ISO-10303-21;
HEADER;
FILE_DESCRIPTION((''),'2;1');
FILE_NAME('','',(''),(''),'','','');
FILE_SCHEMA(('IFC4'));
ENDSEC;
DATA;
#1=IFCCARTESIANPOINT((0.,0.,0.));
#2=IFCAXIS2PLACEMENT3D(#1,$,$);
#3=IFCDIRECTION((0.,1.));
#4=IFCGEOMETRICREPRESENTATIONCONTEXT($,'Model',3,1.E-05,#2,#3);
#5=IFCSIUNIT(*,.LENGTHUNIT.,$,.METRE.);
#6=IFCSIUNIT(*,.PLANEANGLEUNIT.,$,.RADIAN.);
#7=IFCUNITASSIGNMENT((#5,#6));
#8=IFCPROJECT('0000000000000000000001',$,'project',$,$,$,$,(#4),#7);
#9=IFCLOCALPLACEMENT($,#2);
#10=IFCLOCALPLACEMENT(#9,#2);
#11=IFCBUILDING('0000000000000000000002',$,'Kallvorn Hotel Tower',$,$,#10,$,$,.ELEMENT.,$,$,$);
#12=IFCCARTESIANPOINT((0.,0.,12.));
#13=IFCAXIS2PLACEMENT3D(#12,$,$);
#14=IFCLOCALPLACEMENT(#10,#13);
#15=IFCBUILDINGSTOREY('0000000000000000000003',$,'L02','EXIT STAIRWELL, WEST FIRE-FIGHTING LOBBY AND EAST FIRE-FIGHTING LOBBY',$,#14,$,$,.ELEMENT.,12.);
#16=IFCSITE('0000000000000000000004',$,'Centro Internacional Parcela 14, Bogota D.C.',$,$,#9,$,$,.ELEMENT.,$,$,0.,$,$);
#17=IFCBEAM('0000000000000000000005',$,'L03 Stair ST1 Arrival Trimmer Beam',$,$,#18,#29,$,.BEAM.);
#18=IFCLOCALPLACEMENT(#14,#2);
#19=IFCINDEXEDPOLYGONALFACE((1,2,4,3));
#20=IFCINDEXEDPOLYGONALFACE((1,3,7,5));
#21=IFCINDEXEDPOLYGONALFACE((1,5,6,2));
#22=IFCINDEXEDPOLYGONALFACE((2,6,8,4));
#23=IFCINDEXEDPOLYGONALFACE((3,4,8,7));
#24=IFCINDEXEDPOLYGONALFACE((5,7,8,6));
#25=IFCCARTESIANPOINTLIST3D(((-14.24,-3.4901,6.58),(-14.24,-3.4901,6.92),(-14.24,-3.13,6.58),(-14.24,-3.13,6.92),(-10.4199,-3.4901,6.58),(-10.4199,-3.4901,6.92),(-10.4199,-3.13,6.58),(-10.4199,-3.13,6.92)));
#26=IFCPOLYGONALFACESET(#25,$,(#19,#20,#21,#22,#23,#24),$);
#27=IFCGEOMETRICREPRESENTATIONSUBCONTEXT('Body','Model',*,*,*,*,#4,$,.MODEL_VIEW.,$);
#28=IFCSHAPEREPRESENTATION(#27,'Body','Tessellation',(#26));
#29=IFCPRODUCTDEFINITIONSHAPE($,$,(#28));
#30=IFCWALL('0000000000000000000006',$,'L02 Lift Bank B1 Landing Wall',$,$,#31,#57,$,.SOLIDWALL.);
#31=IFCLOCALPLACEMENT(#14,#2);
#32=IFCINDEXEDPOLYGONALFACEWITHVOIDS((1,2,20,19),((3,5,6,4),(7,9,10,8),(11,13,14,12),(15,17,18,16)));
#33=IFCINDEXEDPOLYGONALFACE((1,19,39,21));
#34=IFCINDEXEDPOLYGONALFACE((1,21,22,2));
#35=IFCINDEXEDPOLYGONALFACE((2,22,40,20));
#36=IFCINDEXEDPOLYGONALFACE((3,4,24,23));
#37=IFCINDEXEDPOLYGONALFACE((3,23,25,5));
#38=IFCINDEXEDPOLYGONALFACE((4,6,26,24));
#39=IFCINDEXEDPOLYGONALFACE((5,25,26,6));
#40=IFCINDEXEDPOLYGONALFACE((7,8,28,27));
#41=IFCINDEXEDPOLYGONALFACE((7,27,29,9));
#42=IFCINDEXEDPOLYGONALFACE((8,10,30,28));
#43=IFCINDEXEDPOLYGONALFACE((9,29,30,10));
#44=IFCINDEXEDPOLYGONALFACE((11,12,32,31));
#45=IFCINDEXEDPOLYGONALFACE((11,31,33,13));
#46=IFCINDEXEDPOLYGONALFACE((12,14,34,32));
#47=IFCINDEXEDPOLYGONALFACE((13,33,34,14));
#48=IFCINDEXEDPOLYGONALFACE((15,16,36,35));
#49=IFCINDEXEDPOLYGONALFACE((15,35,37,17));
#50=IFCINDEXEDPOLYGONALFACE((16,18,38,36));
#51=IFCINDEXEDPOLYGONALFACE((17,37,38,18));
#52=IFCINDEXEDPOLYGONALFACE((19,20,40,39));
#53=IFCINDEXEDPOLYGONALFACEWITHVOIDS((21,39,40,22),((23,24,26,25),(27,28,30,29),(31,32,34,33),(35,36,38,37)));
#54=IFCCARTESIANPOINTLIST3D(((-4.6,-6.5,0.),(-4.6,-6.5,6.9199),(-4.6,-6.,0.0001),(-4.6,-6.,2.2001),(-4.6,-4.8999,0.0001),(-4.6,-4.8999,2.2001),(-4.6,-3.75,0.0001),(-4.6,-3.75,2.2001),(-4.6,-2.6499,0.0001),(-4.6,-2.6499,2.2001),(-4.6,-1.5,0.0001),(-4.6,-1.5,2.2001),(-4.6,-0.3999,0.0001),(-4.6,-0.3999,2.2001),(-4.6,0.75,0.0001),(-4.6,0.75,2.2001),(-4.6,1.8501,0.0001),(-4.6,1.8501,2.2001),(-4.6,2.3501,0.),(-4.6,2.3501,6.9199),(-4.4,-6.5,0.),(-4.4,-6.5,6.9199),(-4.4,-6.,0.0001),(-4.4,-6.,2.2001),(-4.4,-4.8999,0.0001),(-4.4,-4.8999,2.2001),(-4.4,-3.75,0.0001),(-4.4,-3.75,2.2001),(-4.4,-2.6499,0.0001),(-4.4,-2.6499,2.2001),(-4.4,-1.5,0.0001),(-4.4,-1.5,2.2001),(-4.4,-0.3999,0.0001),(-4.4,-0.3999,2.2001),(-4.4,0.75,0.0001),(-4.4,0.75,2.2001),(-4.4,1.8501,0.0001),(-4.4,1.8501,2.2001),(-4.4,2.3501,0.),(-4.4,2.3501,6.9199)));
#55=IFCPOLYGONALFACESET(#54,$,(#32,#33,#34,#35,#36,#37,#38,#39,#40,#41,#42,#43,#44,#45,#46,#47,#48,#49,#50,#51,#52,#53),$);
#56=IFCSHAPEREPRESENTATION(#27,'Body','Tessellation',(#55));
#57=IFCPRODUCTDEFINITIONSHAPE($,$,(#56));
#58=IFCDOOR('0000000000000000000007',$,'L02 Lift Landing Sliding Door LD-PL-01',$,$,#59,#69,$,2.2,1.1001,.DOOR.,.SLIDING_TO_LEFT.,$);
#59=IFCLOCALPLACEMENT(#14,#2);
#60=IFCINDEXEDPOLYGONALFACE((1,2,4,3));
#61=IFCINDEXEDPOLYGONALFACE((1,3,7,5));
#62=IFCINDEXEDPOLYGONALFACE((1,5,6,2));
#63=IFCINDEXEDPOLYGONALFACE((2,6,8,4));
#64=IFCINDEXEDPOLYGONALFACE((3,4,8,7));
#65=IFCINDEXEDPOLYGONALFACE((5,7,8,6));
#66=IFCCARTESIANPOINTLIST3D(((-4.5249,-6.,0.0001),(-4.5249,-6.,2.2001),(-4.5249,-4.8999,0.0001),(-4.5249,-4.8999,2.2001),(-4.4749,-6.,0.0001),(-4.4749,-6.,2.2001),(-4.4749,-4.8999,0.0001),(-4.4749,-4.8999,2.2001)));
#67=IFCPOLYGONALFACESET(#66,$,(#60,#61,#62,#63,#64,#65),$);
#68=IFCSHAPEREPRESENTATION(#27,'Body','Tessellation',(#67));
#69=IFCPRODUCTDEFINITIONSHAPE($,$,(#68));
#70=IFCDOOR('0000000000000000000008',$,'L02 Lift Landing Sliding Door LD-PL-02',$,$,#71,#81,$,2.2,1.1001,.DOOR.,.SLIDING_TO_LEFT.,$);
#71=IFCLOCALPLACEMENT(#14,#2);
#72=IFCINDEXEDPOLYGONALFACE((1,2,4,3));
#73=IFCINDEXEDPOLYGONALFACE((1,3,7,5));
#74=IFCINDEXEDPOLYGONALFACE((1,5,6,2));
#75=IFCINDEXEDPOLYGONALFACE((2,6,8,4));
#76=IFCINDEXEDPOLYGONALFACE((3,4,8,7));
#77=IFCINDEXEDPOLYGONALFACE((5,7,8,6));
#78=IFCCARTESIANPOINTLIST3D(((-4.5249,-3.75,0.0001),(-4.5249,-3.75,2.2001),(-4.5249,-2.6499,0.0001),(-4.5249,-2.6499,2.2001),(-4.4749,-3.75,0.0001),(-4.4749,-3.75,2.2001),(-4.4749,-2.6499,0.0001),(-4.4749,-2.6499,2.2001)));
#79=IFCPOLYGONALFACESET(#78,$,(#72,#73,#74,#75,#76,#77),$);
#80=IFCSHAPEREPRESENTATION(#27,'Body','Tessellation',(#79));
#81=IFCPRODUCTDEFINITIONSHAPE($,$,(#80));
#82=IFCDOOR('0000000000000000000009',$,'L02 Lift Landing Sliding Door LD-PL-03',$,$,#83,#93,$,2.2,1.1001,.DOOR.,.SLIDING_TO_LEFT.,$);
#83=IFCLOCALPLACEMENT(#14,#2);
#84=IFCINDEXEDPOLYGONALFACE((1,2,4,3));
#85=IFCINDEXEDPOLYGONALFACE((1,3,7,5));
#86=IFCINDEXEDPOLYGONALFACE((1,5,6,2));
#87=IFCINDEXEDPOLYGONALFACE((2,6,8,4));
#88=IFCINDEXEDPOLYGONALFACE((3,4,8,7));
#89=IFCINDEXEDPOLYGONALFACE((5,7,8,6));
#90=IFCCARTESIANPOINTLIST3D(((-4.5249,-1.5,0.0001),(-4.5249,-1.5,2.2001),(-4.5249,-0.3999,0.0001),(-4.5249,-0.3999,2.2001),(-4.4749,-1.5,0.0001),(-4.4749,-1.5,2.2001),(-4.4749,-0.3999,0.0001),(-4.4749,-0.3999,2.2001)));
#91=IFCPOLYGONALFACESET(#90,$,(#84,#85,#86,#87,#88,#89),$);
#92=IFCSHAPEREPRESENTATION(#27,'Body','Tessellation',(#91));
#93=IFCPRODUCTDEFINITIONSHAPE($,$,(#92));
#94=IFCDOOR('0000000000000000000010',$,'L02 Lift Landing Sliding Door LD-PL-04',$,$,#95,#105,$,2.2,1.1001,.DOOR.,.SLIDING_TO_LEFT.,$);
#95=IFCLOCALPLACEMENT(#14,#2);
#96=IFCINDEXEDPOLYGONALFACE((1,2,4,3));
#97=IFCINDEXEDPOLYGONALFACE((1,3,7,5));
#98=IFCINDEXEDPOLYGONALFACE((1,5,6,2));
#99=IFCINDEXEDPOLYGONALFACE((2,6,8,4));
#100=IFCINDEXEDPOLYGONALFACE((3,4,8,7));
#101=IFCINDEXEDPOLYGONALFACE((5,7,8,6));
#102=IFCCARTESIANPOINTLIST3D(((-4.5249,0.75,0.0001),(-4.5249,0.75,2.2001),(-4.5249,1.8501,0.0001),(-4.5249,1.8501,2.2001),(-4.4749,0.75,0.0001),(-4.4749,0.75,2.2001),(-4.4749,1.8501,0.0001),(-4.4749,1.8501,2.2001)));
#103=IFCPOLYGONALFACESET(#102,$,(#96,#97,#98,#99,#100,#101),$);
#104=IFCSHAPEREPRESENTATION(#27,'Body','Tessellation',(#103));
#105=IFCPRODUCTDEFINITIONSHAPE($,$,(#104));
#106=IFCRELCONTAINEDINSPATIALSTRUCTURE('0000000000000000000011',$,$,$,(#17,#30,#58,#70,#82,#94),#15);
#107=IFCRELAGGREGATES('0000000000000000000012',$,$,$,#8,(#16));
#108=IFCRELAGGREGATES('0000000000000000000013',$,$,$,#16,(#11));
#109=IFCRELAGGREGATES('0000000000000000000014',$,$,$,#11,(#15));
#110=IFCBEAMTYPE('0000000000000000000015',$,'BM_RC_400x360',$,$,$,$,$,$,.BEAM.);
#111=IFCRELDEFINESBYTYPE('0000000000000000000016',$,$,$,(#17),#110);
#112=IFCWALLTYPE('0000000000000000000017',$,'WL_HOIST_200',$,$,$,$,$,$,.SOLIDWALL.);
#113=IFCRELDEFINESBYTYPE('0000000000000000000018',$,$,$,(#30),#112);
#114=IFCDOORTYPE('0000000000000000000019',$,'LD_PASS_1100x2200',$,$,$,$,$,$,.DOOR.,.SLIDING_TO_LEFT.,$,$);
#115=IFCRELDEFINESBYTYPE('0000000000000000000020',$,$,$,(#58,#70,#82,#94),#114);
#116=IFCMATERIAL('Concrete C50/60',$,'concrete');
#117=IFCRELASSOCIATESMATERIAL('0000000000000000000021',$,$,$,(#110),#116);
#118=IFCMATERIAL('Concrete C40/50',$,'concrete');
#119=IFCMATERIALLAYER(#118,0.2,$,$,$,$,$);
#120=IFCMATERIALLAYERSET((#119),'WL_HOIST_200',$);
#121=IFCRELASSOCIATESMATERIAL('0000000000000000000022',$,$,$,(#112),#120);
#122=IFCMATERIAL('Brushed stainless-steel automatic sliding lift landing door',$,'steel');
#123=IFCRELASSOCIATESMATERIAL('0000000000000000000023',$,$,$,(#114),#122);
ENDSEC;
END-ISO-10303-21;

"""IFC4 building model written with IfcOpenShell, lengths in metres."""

from ifc_helpers import new_model, si_unit, direction, frame, frame_2d, origin, origin_2d, place, context, subcontext, project, spatial, rectangle, extrude, material, layer, layer_set, material_profile, profile_set, type_object, element, fill, save


model = new_model("IFC4")

# Units and contexts
model_context = context("Model", 3, precision=1e-05, world=origin(), true_north=direction((0.0, 1.0)))
body_context = subcontext(model_context, "Body", "Model", "MODEL_VIEW")
ifc_project = project(units=[si_unit("LENGTHUNIT", "METRE"), si_unit("PLANEANGLEUNIT", "RADIAN")], contexts=[model_context])

# Site, building, storey
site_placement = place(None, origin())
site = spatial("IfcSite", under=ifc_project, at=site_placement, Name="Centro Internacional Parcela 14, Bogota D.C.", CompositionType="ELEMENT", RefElevation=0.0)
building_placement = place(site_placement, origin())
building = spatial("IfcBuilding", under=site, at=building_placement, Name="Kallvorn Hotel Tower", CompositionType="ELEMENT")
storey_placement = place(building_placement, frame((0.0, 0.0, 12.0)))
storey = spatial("IfcBuildingStorey", under=building, at=storey_placement, Name="L02", Description="EXIT STAIRWELL, WEST FIRE-FIGHTING LOBBY AND EAST FIRE-FIGHTING LOBBY", CompositionType="ELEMENT", Elevation=12.0)

# Beam
ifc_material_1 = material(Name="Concrete C50/60", Category="concrete")
ifc_material_profile = material_profile(ifc_material_1, rectangle(XDim=0.3601, YDim=0.3401, at=origin_2d()), Name="RC 360x340")
ifc_profile_set = profile_set([ifc_material_profile], Name="Concrete C50/60")
beam_type = type_object("IfcBeamType", Name="BM_RC_400x360", PredefinedType="BEAM", material=ifc_profile_set)
beam_placement = place(storey_placement, frame((-10.4199, -3.3101, 6.75), z_axis=(-1.0, 0.0, 0.0), x_axis=(0.0, -1.0, 0.0)))
element("IfcBeam", 1, at=beam_placement, inside=storey, type_object=beam_type, Name="L03 Stair ST1 Arrival Trimmer Beam", PredefinedType="BEAM", context=body_context, shape_type="SweptSolid", body=[
    extrude(rectangle(XDim=0.3601, YDim=0.3401, at=origin_2d()), origin(), (0.0, 0.0, 1.0), 3.8201),
])

# Wall, openings, doors
ifc_material_2 = material(Name="Concrete C40/50", Category="concrete")
ifc_layer_1 = layer(ifc_material_2, 0.2)
ifc_layer_set_1 = layer_set([ifc_layer_1], Name="WL_HOIST_200")
wall_type_1 = type_object("IfcWallType", Name="WL_HOIST_200", PredefinedType="SOLIDWALL", material=ifc_layer_set_1)
wall_1_placement = place(storey_placement, frame((-4.5, -6.5, 0.0), z_axis=(0.0, 0.0, 1.0), x_axis=(0.0, 1.0, 0.0)))
wall_1 = element("IfcWall", 2, at=wall_1_placement, inside=storey, type_object=wall_type_1, Name="L02 Lift Bank B1 Landing Wall", PredefinedType="SOLIDWALL", context=body_context, shape_type="SweptSolid", body=[
    extrude(rectangle(XDim=8.8501, YDim=0.2, at=frame_2d((4.425, 0.0))), origin(), (0.0, 0.0, 1.0), 6.9199),
])
opening_1_placement = place(wall_1_placement, frame((0.5, 0.0, 0.0)))
opening_1 = element("IfcOpeningElement", 3, at=opening_1_placement, cuts=wall_1, PredefinedType="OPENING", context=body_context, shape_type="SweptSolid", body=[
    extrude(rectangle(XDim=1.1001, YDim=2.2, at=frame_2d((0.55, 1.1001))), frame((0.0, 0.115, 0.0), z_axis=(0.0, -1.0, 0.0), x_axis=(1.0, 0.0, 0.0)), (0.0, 0.0, 1.0), 0.23),
])
opening_2_placement = place(wall_1_placement, frame((2.75, 0.0, 0.0)))
opening_2 = element("IfcOpeningElement", 4, at=opening_2_placement, cuts=wall_1, PredefinedType="OPENING", context=body_context, shape_type="SweptSolid", body=[
    extrude(rectangle(XDim=1.1001, YDim=2.2, at=frame_2d((0.55, 1.1001))), frame((0.0, 0.115, 0.0), z_axis=(0.0, -1.0, 0.0), x_axis=(1.0, 0.0, 0.0)), (0.0, 0.0, 1.0), 0.23),
])
opening_3_placement = place(wall_1_placement, frame((5.0, 0.0, 0.0)))
opening_3 = element("IfcOpeningElement", 5, at=opening_3_placement, cuts=wall_1, PredefinedType="OPENING", context=body_context, shape_type="SweptSolid", body=[
    extrude(rectangle(XDim=1.1001, YDim=2.2, at=frame_2d((0.55, 1.1001))), frame((0.0, 0.115, 0.0), z_axis=(0.0, -1.0, 0.0), x_axis=(1.0, 0.0, 0.0)), (0.0, 0.0, 1.0), 0.23),
])
opening_4_placement = place(wall_1_placement, frame((7.25, 0.0, 0.0)))
opening_4 = element("IfcOpeningElement", 6, at=opening_4_placement, cuts=wall_1, PredefinedType="OPENING", context=body_context, shape_type="SweptSolid", body=[
    extrude(rectangle(XDim=1.1001, YDim=2.2, at=frame_2d((0.55, 1.1001))), frame((0.0, 0.115, 0.0), z_axis=(0.0, -1.0, 0.0), x_axis=(1.0, 0.0, 0.0)), (0.0, 0.0, 1.0), 0.23),
])
ifc_material_3 = material(Name="Brushed stainless-steel automatic sliding lift landing door", Category="steel")
door_type = type_object("IfcDoorType", Name="LD_PASS_1100x2200", OperationType="SLIDING_TO_LEFT", PredefinedType="DOOR", material=ifc_material_3)
door_1_placement = place(opening_1_placement, origin())
door_1 = element("IfcDoor", 7, at=door_1_placement, inside=storey, type_object=door_type, Name="L02 Lift Landing Sliding Door LD-PL-01", OperationType="SLIDING_TO_LEFT", OverallHeight=2.2, OverallWidth=1.1001, PredefinedType="DOOR", context=body_context, shape_type="SweptSolid", body=[
    extrude(rectangle(XDim=1.1001, YDim=2.2, at=frame_2d((0.55, 1.1001))), frame((0.0, 0.0249, 0.0), z_axis=(0.0, -1.0, 0.0), x_axis=(1.0, 0.0, 0.0)), (0.0, 0.0, 1.0), 0.05),
])
fill(opening_1, door_1)
door_2_placement = place(opening_2_placement, origin())
door_2 = element("IfcDoor", 8, at=door_2_placement, inside=storey, type_object=door_type, Name="L02 Lift Landing Sliding Door LD-PL-02", OperationType="SLIDING_TO_LEFT", OverallHeight=2.2, OverallWidth=1.1001, PredefinedType="DOOR", context=body_context, shape_type="SweptSolid", body=[
    extrude(rectangle(XDim=1.1001, YDim=2.2, at=frame_2d((0.55, 1.1001))), frame((0.0, 0.0249, 0.0), z_axis=(0.0, -1.0, 0.0), x_axis=(1.0, 0.0, 0.0)), (0.0, 0.0, 1.0), 0.05),
])
fill(opening_2, door_2)
door_3_placement = place(opening_3_placement, origin())
door_3 = element("IfcDoor", 9, at=door_3_placement, inside=storey, type_object=door_type, Name="L02 Lift Landing Sliding Door LD-PL-03", OperationType="SLIDING_TO_LEFT", OverallHeight=2.2, OverallWidth=1.1001, PredefinedType="DOOR", context=body_context, shape_type="SweptSolid", body=[
    extrude(rectangle(XDim=1.1001, YDim=2.2, at=frame_2d((0.55, 1.1001))), frame((0.0, 0.0249, 0.0), z_axis=(0.0, -1.0, 0.0), x_axis=(1.0, 0.0, 0.0)), (0.0, 0.0, 1.0), 0.05),
])
fill(opening_3, door_3)
door_4_placement = place(opening_4_placement, origin())
door_4 = element("IfcDoor", 10, at=door_4_placement, inside=storey, type_object=door_type, Name="L02 Lift Landing Sliding Door LD-PL-04", OperationType="SLIDING_TO_LEFT", OverallHeight=2.2, OverallWidth=1.1001, PredefinedType="DOOR", context=body_context, shape_type="SweptSolid", body=[
    extrude(rectangle(XDim=1.1001, YDim=2.2, at=frame_2d((0.55, 1.1001))), frame((0.0, 0.0249, 0.0), z_axis=(0.0, -1.0, 0.0), x_axis=(1.0, 0.0, 0.0)), (0.0, 0.0, 1.0), 0.05),
])
fill(opening_4, door_4)

save(model, "model.ifc")
